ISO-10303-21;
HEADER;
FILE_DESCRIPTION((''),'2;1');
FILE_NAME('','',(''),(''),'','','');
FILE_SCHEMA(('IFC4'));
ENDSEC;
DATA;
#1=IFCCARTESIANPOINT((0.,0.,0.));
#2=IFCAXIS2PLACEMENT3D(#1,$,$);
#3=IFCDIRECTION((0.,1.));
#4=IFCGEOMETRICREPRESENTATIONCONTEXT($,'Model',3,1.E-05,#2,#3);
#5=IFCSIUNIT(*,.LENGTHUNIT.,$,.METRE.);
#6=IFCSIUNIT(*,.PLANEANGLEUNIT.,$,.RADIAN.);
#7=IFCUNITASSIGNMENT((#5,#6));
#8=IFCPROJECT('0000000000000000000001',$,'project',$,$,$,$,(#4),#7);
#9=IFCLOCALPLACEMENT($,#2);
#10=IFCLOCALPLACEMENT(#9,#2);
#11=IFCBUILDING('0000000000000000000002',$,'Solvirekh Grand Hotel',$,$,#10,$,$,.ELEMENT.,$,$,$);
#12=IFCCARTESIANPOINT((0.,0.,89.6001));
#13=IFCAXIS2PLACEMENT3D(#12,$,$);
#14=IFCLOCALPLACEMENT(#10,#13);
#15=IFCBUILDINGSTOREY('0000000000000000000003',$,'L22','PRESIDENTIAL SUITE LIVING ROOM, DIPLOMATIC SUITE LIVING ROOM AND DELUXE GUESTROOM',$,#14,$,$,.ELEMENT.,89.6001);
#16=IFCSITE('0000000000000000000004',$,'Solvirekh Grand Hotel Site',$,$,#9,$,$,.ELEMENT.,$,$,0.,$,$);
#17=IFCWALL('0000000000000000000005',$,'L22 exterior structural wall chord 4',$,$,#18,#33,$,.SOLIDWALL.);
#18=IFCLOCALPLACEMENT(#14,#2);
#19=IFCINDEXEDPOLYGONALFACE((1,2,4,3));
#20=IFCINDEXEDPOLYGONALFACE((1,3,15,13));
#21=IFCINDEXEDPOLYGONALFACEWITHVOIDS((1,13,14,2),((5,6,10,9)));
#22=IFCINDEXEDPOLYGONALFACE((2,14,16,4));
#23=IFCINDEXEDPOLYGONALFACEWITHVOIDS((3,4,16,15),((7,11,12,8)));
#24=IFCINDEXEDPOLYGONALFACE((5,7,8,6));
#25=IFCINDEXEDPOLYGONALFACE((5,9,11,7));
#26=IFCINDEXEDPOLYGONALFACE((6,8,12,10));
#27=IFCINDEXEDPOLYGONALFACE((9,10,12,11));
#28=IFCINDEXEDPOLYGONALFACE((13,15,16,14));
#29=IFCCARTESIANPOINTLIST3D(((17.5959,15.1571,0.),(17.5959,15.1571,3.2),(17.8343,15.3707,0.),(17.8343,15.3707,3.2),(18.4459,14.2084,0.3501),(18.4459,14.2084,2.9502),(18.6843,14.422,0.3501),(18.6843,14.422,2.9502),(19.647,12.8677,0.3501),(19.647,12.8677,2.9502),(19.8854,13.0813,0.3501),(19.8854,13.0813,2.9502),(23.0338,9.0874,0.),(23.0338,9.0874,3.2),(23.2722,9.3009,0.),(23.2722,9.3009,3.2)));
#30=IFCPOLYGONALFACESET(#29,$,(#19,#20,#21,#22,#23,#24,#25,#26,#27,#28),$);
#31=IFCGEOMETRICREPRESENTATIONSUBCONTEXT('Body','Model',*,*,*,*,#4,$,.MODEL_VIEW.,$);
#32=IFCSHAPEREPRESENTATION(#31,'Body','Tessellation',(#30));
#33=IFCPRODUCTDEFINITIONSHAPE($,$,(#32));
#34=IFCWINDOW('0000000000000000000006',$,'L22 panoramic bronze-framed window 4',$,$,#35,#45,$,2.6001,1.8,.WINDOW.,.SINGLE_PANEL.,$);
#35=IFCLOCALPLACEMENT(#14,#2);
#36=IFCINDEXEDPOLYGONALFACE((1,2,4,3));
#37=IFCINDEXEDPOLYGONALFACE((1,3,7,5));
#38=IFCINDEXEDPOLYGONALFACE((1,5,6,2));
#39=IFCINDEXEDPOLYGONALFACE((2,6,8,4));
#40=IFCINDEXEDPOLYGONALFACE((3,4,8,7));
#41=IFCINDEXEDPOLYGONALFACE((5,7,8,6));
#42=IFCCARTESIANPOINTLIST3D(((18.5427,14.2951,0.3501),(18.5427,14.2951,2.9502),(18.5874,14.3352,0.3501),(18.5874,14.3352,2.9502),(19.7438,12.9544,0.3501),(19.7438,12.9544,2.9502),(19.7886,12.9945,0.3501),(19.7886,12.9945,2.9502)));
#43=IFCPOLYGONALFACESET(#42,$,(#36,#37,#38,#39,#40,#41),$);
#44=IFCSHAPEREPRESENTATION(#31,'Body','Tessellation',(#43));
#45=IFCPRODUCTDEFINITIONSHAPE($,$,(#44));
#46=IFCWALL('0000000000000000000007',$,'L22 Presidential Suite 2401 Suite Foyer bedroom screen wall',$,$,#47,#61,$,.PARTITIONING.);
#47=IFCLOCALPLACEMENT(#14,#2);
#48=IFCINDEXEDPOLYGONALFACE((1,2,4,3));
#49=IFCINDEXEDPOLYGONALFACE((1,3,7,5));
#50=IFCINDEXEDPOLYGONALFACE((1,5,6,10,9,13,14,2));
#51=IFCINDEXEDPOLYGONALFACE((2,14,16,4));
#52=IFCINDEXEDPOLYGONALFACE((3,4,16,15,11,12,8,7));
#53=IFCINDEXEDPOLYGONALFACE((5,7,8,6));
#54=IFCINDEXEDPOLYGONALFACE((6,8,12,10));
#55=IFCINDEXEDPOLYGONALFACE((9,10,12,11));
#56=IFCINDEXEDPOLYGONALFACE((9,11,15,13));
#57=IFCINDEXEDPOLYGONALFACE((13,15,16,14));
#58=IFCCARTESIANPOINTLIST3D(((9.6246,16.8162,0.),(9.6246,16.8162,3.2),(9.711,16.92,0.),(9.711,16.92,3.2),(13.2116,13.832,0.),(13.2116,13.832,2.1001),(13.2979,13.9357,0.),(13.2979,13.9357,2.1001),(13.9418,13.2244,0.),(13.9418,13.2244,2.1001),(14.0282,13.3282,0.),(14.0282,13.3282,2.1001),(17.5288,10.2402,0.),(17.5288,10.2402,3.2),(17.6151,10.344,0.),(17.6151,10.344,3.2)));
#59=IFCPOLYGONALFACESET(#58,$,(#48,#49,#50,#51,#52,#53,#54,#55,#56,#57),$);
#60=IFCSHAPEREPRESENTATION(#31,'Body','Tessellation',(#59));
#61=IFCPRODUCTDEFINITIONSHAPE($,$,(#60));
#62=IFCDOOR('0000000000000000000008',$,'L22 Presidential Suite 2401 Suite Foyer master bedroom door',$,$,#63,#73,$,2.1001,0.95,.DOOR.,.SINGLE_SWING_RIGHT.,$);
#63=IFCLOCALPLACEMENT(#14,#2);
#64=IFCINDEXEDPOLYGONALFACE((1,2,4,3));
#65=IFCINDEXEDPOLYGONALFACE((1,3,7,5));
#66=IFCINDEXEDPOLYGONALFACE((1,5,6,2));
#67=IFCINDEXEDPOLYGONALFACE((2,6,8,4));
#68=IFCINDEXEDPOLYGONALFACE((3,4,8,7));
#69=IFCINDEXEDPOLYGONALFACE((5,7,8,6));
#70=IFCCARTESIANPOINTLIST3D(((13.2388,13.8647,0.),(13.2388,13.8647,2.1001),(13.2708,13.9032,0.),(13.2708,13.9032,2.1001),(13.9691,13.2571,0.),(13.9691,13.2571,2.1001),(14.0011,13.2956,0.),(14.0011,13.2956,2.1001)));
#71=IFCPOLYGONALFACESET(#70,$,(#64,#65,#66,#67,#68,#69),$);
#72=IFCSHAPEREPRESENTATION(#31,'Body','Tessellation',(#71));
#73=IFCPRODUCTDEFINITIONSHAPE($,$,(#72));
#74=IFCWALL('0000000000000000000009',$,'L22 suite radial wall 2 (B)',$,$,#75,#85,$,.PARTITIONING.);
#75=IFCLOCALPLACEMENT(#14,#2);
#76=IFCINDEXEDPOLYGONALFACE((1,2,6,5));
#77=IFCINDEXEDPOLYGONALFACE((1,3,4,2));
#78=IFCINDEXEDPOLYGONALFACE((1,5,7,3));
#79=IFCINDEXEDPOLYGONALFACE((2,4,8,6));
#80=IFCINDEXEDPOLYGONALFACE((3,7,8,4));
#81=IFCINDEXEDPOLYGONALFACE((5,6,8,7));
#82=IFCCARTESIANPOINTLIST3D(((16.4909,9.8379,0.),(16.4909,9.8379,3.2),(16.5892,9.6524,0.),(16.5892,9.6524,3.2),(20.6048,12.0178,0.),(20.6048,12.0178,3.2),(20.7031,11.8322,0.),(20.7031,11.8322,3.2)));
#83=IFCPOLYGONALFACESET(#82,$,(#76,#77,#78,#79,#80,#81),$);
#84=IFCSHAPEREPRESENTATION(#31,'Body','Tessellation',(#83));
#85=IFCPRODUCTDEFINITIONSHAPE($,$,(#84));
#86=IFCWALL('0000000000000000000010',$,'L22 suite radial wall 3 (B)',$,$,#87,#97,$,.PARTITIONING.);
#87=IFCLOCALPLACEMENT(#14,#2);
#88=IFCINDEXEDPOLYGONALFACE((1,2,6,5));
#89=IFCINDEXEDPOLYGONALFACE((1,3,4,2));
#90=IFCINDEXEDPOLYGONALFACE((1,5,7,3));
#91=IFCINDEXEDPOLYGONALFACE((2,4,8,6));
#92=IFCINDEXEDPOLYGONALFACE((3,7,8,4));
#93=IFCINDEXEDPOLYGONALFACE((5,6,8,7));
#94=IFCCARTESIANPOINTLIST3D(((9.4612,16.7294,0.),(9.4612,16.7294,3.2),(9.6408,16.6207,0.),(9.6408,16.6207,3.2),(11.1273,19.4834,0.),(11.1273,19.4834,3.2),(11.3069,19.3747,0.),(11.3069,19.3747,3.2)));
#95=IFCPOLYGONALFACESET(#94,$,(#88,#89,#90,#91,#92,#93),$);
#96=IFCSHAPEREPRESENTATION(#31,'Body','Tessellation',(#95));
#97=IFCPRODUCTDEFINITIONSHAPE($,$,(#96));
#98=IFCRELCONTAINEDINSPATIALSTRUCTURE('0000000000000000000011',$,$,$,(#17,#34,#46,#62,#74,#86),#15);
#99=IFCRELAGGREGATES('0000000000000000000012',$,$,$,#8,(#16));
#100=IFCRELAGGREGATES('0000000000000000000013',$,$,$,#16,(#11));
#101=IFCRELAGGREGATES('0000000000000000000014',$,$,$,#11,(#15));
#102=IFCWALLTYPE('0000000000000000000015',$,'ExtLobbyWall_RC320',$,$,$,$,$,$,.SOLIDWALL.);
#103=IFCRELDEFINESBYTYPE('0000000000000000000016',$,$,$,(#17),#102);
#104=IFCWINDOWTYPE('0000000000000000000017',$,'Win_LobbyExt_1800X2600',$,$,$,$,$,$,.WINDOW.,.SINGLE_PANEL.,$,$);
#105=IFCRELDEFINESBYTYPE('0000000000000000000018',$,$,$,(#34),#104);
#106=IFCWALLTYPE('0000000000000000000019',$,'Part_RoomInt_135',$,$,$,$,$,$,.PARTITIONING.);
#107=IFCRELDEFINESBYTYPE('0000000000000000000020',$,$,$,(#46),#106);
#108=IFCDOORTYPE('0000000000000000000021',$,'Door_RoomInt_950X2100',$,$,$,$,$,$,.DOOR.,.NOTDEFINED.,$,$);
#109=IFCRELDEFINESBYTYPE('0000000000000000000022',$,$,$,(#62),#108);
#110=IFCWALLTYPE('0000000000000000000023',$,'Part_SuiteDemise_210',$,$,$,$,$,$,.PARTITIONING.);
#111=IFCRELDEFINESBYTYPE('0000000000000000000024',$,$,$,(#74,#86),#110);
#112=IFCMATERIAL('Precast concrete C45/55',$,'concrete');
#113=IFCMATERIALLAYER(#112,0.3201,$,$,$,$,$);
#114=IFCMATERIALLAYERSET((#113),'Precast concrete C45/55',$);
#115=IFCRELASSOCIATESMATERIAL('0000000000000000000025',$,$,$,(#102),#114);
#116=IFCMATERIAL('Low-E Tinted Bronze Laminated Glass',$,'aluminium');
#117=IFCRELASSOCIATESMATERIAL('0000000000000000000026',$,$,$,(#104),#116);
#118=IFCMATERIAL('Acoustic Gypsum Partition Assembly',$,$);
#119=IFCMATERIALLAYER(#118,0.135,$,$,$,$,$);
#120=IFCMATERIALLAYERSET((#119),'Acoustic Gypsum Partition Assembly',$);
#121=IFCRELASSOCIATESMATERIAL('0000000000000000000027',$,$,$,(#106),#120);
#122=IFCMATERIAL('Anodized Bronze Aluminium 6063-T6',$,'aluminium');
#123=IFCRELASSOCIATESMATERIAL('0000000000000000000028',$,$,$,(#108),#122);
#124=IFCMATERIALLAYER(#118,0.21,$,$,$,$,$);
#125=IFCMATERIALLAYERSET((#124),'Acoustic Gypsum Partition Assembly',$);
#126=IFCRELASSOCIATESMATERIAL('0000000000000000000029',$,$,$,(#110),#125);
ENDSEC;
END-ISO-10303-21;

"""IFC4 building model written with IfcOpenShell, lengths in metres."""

from ifc_helpers import new_model, si_unit, direction, frame, frame_2d, origin, place, context, subcontext, project, spatial, rectangle, extrude, material, layer, layer_set, type_object, element, fill, save


model = new_model("IFC4")

# Units and contexts
model_context = context("Model", 3, precision=1e-05, world=origin(), true_north=direction((0.0, 1.0)))
body_context = subcontext(model_context, "Body", "Model", "MODEL_VIEW")
ifc_project = project(units=[si_unit("LENGTHUNIT", "METRE"), si_unit("PLANEANGLEUNIT", "RADIAN")], contexts=[model_context])

# Site, building, storey
site_placement = place(None, origin())
site = spatial("IfcSite", under=ifc_project, at=site_placement, Name="Solvirekh Grand Hotel Site", CompositionType="ELEMENT", RefElevation=0.0)
building_placement = place(site_placement, origin())
building = spatial("IfcBuilding", under=site, at=building_placement, Name="Solvirekh Grand Hotel", CompositionType="ELEMENT")
storey_placement = place(building_placement, frame((0.0, 0.0, 89.6001)))
storey = spatial("IfcBuildingStorey", under=building, at=storey_placement, Name="L22", Description="PRESIDENTIAL SUITE LIVING ROOM, DIPLOMATIC SUITE LIVING ROOM AND DELUXE GUESTROOM", CompositionType="ELEMENT", Elevation=89.6001)

# Shared definitions
ifc_material_1 = material(Name="Anodized Bronze Aluminium 6063-T6", Category="aluminium")
ifc_material_2 = material(Name="Low-E Tinted Bronze Laminated Glass", Category="aluminium")

# Wall, opening, window
ifc_material_3 = material(Name="Precast concrete C45/55", Category="concrete")
ifc_layer_1 = layer(ifc_material_3, 0.3201)
ifc_layer_set_1 = layer_set([ifc_layer_1], Name="Precast concrete C45/55")
wall_type_1 = type_object("IfcWallType", Name="ExtLobbyWall_RC320", PredefinedType="SOLIDWALL", material=ifc_layer_set_1)
wall_1_placement = place(storey_placement, frame((17.7151, 15.2639, 0.0), z_axis=(0.0, 0.0, 1.0), x_axis=(0.667278, -0.744809, 0.0)))
wall_1 = element("IfcWall", 1, at=wall_1_placement, inside=storey, type_object=wall_type_1, Name="L22 exterior structural wall chord 4", PredefinedType="SOLIDWALL", context=body_context, shape_type="SweptSolid", body=[
    extrude(rectangle(XDim=8.1494, YDim=0.3201, at=frame_2d((4.0747, 0.0))), origin(), (0.0, 0.0, 1.0), 3.2),
])
opening_1_placement = place(wall_1_placement, frame((1.2739, 0.0, 0.3501)))
opening_1 = element("IfcOpeningElement", 2, at=opening_1_placement, cuts=wall_1, PredefinedType="OPENING", context=body_context, shape_type="SweptSolid", body=[
    extrude(rectangle(XDim=1.8, YDim=2.6001, at=frame_2d((0.8999, 1.3))), frame((0.0, 0.1699, 0.0), z_axis=(0.0, -1.0, 0.0), x_axis=(1.0, 0.0, 0.0)), (0.0, 0.0, 1.0), 0.3401),
])
window_type = type_object("IfcWindowType", Name="Win_LobbyExt_1800X2600", PartitioningType="SINGLE_PANEL", PredefinedType="WINDOW", material=ifc_material_2)
window_placement = place(opening_1_placement, origin())
window = element("IfcWindow", 3, at=window_placement, inside=storey, type_object=window_type, Name="L22 panoramic bronze-framed window 4", OverallHeight=2.6001, OverallWidth=1.8, PartitioningType="SINGLE_PANEL", PredefinedType="WINDOW", context=body_context, shape_type="SweptSolid", body=[
    extrude(rectangle(XDim=1.8, YDim=2.6001, at=frame_2d((0.8999, 1.3))), frame((0.0, 0.03, 0.0), z_axis=(0.0, -1.0, 0.0), x_axis=(1.0, 0.0, 0.0)), (0.0, 0.0, 1.0), 0.0601),
])
fill(opening_1, window)

# Wall, opening, door
ifc_material_4 = material(Name="Acoustic Gypsum Partition Assembly")
ifc_layer_2 = layer(ifc_material_4, 0.135)
ifc_layer_set_2 = layer_set([ifc_layer_2], Name="Acoustic Gypsum Partition Assembly")
wall_type_2 = type_object("IfcWallType", Name="Part_RoomInt_135", PredefinedType="PARTITIONING", material=ifc_layer_set_2)
wall_2_placement = place(storey_placement, frame((17.572, 10.292, 0.0), z_axis=(0.0, 0.0, 1.0), x_axis=(-0.768737, 0.639565, 0.0)))
wall_2 = element("IfcWall", 4, at=wall_2_placement, inside=storey, type_object=wall_type_2, Name="L22 Presidential Suite 2401 Suite Foyer bedroom screen wall", PredefinedType="PARTITIONING", context=body_context, shape_type="SweptSolid", body=[
    extrude(rectangle(XDim=10.282, YDim=0.135, at=frame_2d((5.1411, 0.0))), origin(), (0.0, 0.0, 1.0), 3.2),
])
opening_2_placement = place(wall_2_placement, frame((4.666, 0.0, 0.0)))
opening_2 = element("IfcOpeningElement", 5, at=opening_2_placement, cuts=wall_2, PredefinedType="OPENING", context=body_context, shape_type="SweptSolid", body=[
    extrude(rectangle(XDim=0.95, YDim=2.1001, at=frame_2d((0.4751, 1.05))), frame((0.0, 0.0776, 0.0), z_axis=(0.0, -1.0, 0.0), x_axis=(1.0, 0.0, 0.0)), (0.0, 0.0, 1.0), 0.155),
])
door_type = type_object("IfcDoorType", Name="Door_RoomInt_950X2100", OperationType="NOTDEFINED", PredefinedType="DOOR", material=ifc_material_1)
door_placement = place(opening_2_placement, origin())
door = element("IfcDoor", 6, at=door_placement, inside=storey, type_object=door_type, Name="L22 Presidential Suite 2401 Suite Foyer master bedroom door", OperationType="SINGLE_SWING_RIGHT", OverallHeight=2.1001, OverallWidth=0.95, PredefinedType="DOOR", context=body_context, shape_type="SweptSolid", body=[
    extrude(rectangle(XDim=0.95, YDim=2.1001, at=frame_2d((0.4751, 1.05))), frame((0.0, 0.0249, 0.0), z_axis=(0.0, -1.0, 0.0), x_axis=(1.0, 0.0, 0.0)), (0.0, 0.0, 1.0), 0.05),
])
fill(opening_2, door)

# Walls
ifc_layer_3 = layer(ifc_material_4, 0.21)
ifc_layer_set_3 = layer_set([ifc_layer_3], Name="Acoustic Gypsum Partition Assembly")
wall_type_3 = type_object("IfcWallType", Name="Part_SuiteDemise_210", PredefinedType="PARTITIONING", material=ifc_layer_set_3)
wall_3_placement = place(storey_placement, frame((16.54, 9.7451, 0.0), z_axis=(0.0, 0.0, 1.0), x_axis=(0.883617, 0.468211, 0.0)))
element("IfcWall", 7, at=wall_3_placement, inside=storey, type_object=wall_type_3, Name="L22 suite radial wall 2 (B)", PredefinedType="PARTITIONING", context=body_context, shape_type="SweptSolid", body=[
    extrude(rectangle(XDim=4.6558, YDim=0.21, at=frame_2d((2.3279, 0.0))), origin(), (0.0, 0.0, 1.0), 3.2),
])
wall_4_placement = place(storey_placement, frame((9.551, 16.675, 0.0), z_axis=(0.0, 0.0, 1.0), x_axis=(0.517616, 0.855613, 0.0)))
element("IfcWall", 8, at=wall_4_placement, inside=storey, type_object=wall_type_3, Name="L22 suite radial wall 3 (B)", PredefinedType="PARTITIONING", context=body_context, shape_type="SweptSolid", body=[
    extrude(rectangle(XDim=3.2188, YDim=0.21, at=frame_2d((1.6094, 0.0))), origin(), (0.0, 0.0, 1.0), 3.2),
])

save(model, "model.ifc")
